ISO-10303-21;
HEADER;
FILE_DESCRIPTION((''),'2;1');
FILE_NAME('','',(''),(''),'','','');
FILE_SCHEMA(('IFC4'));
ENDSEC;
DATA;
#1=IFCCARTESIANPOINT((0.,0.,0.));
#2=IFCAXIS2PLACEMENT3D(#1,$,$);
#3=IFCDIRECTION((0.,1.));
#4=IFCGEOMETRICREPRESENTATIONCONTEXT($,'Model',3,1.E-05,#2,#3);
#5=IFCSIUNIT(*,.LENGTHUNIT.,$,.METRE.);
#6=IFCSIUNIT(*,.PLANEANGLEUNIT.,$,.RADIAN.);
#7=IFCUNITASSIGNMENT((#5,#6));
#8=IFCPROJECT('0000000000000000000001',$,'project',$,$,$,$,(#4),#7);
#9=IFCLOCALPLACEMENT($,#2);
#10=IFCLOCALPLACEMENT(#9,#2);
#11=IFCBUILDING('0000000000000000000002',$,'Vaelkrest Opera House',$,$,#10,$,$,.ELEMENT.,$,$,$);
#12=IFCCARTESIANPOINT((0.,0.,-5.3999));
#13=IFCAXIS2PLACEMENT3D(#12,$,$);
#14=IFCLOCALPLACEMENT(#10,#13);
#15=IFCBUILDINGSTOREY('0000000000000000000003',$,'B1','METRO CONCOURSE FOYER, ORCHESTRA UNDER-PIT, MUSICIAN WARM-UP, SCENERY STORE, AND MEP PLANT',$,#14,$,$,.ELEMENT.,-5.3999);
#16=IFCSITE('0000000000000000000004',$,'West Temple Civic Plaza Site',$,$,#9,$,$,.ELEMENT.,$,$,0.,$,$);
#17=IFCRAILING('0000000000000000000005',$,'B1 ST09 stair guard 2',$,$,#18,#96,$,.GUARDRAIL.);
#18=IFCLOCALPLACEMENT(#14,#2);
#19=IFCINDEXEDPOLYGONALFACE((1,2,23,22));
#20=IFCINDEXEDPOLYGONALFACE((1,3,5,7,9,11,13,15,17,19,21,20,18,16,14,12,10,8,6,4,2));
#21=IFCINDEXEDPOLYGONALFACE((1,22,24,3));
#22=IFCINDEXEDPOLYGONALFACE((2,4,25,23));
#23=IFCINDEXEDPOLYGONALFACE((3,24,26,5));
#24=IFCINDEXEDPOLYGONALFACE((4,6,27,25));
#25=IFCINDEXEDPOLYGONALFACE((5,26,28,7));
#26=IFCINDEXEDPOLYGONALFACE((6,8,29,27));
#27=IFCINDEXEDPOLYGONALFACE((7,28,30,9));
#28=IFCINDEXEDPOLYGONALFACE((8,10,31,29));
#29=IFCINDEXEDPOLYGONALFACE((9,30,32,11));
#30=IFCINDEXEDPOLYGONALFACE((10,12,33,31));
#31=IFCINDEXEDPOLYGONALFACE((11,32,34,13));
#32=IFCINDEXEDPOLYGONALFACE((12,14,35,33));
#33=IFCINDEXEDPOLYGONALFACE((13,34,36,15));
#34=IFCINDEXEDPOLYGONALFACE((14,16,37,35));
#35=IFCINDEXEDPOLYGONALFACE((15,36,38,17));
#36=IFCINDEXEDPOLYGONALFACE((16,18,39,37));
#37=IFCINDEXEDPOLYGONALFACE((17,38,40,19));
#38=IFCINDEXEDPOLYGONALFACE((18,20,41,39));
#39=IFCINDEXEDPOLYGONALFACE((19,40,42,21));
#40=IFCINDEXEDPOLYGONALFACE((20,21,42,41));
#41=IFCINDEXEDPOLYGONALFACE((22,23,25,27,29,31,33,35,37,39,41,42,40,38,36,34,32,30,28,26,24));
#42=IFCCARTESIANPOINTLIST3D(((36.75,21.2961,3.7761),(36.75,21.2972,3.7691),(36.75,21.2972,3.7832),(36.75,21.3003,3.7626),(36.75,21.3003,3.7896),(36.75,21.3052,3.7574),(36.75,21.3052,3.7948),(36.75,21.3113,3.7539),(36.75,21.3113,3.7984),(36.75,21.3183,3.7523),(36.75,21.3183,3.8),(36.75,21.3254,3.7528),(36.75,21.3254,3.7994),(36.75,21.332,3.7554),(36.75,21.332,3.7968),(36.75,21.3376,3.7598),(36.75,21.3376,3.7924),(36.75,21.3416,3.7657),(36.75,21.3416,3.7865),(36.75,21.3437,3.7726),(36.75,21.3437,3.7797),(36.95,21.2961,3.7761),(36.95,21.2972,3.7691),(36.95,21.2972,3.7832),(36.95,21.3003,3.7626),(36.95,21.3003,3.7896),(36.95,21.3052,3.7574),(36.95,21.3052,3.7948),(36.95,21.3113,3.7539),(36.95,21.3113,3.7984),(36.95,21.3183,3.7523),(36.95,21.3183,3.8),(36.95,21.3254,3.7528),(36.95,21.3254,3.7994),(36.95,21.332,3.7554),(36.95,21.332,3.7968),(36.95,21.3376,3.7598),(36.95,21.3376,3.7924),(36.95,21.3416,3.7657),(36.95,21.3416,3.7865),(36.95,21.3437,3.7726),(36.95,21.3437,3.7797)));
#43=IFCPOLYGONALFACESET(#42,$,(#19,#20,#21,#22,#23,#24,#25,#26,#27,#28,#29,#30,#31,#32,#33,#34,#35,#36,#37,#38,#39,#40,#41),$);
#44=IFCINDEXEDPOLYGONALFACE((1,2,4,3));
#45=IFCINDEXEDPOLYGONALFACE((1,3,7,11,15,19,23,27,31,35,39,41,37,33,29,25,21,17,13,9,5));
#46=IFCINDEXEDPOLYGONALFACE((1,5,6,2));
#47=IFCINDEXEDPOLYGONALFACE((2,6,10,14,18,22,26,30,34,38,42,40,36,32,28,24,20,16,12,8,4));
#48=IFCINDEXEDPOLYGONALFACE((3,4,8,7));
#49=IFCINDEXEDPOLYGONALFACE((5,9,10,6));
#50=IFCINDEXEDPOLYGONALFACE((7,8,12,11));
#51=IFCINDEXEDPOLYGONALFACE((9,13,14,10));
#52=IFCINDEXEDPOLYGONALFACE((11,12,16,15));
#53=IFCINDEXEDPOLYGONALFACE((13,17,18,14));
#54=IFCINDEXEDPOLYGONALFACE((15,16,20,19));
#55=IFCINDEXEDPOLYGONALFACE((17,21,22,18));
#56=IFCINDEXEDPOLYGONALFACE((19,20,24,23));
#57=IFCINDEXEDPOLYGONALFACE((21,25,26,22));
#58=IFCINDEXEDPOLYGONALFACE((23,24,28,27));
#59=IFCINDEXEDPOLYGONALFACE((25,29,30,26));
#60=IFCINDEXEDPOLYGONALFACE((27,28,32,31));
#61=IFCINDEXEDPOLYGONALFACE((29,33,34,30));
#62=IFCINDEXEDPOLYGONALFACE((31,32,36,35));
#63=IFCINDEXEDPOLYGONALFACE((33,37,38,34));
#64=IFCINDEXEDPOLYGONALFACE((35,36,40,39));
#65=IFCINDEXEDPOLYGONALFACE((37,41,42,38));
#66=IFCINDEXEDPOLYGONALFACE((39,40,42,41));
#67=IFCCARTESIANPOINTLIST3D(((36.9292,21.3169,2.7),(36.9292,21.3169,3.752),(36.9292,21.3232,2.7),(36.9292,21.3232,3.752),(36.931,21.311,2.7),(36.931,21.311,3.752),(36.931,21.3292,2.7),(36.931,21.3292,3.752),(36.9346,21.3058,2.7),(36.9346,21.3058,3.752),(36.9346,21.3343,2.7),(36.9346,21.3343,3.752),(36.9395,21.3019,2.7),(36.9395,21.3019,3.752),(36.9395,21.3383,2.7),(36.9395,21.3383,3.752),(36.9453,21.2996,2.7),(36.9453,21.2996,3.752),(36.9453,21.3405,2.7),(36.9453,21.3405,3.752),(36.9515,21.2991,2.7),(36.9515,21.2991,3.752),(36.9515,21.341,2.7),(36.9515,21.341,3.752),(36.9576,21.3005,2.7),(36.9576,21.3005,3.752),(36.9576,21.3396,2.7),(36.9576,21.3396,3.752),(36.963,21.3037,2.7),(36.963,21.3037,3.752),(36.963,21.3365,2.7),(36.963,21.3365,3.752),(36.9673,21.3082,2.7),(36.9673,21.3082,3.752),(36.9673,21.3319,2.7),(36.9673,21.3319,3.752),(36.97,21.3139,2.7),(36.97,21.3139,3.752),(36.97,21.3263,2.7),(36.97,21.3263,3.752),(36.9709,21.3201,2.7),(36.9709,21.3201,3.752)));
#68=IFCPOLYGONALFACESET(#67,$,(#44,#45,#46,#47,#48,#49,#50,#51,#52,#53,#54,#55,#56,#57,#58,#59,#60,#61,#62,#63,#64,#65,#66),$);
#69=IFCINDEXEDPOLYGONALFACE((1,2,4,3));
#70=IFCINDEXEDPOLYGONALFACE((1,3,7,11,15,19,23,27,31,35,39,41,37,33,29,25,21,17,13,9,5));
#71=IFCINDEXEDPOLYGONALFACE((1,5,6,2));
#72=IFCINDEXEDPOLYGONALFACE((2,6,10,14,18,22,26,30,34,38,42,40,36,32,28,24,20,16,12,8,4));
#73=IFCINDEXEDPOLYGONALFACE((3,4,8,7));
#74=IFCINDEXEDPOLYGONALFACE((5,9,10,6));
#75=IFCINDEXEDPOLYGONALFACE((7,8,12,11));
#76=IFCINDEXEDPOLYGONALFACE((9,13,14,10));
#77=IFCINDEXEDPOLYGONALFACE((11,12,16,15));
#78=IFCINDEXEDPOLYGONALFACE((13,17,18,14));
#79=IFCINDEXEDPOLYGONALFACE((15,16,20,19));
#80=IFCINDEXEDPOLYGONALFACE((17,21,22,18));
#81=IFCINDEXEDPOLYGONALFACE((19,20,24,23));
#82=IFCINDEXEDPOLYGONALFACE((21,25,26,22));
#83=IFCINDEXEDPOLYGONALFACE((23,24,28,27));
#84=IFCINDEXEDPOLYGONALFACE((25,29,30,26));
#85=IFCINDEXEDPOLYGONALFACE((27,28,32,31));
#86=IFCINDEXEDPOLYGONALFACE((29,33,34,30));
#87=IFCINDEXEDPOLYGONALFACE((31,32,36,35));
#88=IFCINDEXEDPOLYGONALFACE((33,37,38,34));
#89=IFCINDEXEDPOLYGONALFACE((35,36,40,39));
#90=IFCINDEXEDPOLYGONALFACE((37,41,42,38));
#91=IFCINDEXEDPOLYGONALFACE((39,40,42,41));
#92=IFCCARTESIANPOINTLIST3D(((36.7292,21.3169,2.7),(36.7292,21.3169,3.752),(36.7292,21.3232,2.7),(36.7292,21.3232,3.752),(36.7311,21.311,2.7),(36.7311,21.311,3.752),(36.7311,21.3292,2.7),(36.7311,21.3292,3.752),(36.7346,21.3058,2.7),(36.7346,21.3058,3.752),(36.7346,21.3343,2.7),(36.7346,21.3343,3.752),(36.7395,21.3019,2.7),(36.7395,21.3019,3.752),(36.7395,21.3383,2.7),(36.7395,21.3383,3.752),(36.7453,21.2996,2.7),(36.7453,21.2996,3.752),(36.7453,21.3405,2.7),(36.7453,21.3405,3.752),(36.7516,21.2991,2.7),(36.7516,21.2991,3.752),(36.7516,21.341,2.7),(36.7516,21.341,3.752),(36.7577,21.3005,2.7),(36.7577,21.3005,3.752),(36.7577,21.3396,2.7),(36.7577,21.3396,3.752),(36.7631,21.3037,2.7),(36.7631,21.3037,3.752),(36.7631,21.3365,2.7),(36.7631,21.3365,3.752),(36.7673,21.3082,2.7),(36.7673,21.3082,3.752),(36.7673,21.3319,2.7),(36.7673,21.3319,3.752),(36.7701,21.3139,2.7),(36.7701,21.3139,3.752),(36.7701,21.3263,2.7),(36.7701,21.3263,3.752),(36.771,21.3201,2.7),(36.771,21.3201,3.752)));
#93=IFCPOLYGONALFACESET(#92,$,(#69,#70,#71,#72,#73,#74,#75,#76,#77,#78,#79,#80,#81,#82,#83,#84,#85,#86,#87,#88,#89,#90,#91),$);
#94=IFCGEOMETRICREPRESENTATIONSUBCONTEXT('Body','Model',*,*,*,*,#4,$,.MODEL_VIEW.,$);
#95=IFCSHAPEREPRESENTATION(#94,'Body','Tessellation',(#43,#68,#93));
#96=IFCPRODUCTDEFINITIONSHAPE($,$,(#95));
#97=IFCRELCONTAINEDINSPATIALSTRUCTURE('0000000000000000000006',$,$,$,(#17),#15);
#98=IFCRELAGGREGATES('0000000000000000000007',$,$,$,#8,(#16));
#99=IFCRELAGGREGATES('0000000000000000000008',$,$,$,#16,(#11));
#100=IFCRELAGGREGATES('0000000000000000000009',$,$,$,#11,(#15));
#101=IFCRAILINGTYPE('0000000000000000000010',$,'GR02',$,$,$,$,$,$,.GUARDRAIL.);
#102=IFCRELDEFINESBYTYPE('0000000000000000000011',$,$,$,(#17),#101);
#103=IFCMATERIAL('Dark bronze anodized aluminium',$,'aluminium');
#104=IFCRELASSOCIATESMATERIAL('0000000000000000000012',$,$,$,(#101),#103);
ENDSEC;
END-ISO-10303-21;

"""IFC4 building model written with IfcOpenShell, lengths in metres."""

from ifc_helpers import new_model, si_unit, direction, frame, origin, origin_2d, place, context, subcontext, project, spatial, circle, extrude, material, type_object, element, save


model = new_model("IFC4")

# Units and contexts
model_context = context("Model", 3, precision=1e-05, world=origin(), true_north=direction((0.0, 1.0)))
body_context = subcontext(model_context, "Body", "Model", "MODEL_VIEW")
ifc_project = project(units=[si_unit("LENGTHUNIT", "METRE"), si_unit("PLANEANGLEUNIT", "RADIAN")], contexts=[model_context])

# Site, building, storey
site_placement = place(None, origin())
site = spatial("IfcSite", under=ifc_project, at=site_placement, Name="West Temple Civic Plaza Site", CompositionType="ELEMENT", RefElevation=0.0)
building_placement = place(site_placement, origin())
building = spatial("IfcBuilding", under=site, at=building_placement, Name="Vaelkrest Opera House", CompositionType="ELEMENT")
storey_placement = place(building_placement, frame((0.0, 0.0, -5.3999)))
storey = spatial("IfcBuildingStorey", under=building, at=storey_placement, Name="B1", Description="METRO CONCOURSE FOYER, ORCHESTRA UNDER-PIT, MUSICIAN WARM-UP, SCENERY STORE, AND MEP PLANT", CompositionType="ELEMENT", Elevation=-5.3999)

# Railing
ifc_material_1 = material(Name="Dark bronze anodized aluminium", Category="aluminium")
railing_type_1 = type_object("IfcRailingType", Name="GR02", PredefinedType="GUARDRAIL", material=ifc_material_1)
railing_1_placement = place(storey_placement, frame((36.95, 21.3201, 2.7)))
element("IfcRailing", 1, at=railing_1_placement, inside=storey, type_object=railing_type_1, Name="B1 ST09 stair guard 2", PredefinedType="GUARDRAIL", context=body_context, shape_type="SweptSolid", body=[
    extrude(circle(Radius=0.0239, at=origin_2d()), frame((0.0, 0.0, 1.0762), z_axis=(-1.0, 0.0, 0.0), x_axis=(0.0, -1.0, 0.0)), (0.0, 0.0, 1.0), 0.2),
    extrude(circle(Radius=0.021, at=origin_2d()), origin(), (0.0, 0.0, 1.0), 1.052),
    extrude(circle(Radius=0.021, at=origin_2d()), frame((-0.2, 0.0, 0.0)), (0.0, 0.0, 1.0), 1.052),
])

save(model, "model.ifc")
